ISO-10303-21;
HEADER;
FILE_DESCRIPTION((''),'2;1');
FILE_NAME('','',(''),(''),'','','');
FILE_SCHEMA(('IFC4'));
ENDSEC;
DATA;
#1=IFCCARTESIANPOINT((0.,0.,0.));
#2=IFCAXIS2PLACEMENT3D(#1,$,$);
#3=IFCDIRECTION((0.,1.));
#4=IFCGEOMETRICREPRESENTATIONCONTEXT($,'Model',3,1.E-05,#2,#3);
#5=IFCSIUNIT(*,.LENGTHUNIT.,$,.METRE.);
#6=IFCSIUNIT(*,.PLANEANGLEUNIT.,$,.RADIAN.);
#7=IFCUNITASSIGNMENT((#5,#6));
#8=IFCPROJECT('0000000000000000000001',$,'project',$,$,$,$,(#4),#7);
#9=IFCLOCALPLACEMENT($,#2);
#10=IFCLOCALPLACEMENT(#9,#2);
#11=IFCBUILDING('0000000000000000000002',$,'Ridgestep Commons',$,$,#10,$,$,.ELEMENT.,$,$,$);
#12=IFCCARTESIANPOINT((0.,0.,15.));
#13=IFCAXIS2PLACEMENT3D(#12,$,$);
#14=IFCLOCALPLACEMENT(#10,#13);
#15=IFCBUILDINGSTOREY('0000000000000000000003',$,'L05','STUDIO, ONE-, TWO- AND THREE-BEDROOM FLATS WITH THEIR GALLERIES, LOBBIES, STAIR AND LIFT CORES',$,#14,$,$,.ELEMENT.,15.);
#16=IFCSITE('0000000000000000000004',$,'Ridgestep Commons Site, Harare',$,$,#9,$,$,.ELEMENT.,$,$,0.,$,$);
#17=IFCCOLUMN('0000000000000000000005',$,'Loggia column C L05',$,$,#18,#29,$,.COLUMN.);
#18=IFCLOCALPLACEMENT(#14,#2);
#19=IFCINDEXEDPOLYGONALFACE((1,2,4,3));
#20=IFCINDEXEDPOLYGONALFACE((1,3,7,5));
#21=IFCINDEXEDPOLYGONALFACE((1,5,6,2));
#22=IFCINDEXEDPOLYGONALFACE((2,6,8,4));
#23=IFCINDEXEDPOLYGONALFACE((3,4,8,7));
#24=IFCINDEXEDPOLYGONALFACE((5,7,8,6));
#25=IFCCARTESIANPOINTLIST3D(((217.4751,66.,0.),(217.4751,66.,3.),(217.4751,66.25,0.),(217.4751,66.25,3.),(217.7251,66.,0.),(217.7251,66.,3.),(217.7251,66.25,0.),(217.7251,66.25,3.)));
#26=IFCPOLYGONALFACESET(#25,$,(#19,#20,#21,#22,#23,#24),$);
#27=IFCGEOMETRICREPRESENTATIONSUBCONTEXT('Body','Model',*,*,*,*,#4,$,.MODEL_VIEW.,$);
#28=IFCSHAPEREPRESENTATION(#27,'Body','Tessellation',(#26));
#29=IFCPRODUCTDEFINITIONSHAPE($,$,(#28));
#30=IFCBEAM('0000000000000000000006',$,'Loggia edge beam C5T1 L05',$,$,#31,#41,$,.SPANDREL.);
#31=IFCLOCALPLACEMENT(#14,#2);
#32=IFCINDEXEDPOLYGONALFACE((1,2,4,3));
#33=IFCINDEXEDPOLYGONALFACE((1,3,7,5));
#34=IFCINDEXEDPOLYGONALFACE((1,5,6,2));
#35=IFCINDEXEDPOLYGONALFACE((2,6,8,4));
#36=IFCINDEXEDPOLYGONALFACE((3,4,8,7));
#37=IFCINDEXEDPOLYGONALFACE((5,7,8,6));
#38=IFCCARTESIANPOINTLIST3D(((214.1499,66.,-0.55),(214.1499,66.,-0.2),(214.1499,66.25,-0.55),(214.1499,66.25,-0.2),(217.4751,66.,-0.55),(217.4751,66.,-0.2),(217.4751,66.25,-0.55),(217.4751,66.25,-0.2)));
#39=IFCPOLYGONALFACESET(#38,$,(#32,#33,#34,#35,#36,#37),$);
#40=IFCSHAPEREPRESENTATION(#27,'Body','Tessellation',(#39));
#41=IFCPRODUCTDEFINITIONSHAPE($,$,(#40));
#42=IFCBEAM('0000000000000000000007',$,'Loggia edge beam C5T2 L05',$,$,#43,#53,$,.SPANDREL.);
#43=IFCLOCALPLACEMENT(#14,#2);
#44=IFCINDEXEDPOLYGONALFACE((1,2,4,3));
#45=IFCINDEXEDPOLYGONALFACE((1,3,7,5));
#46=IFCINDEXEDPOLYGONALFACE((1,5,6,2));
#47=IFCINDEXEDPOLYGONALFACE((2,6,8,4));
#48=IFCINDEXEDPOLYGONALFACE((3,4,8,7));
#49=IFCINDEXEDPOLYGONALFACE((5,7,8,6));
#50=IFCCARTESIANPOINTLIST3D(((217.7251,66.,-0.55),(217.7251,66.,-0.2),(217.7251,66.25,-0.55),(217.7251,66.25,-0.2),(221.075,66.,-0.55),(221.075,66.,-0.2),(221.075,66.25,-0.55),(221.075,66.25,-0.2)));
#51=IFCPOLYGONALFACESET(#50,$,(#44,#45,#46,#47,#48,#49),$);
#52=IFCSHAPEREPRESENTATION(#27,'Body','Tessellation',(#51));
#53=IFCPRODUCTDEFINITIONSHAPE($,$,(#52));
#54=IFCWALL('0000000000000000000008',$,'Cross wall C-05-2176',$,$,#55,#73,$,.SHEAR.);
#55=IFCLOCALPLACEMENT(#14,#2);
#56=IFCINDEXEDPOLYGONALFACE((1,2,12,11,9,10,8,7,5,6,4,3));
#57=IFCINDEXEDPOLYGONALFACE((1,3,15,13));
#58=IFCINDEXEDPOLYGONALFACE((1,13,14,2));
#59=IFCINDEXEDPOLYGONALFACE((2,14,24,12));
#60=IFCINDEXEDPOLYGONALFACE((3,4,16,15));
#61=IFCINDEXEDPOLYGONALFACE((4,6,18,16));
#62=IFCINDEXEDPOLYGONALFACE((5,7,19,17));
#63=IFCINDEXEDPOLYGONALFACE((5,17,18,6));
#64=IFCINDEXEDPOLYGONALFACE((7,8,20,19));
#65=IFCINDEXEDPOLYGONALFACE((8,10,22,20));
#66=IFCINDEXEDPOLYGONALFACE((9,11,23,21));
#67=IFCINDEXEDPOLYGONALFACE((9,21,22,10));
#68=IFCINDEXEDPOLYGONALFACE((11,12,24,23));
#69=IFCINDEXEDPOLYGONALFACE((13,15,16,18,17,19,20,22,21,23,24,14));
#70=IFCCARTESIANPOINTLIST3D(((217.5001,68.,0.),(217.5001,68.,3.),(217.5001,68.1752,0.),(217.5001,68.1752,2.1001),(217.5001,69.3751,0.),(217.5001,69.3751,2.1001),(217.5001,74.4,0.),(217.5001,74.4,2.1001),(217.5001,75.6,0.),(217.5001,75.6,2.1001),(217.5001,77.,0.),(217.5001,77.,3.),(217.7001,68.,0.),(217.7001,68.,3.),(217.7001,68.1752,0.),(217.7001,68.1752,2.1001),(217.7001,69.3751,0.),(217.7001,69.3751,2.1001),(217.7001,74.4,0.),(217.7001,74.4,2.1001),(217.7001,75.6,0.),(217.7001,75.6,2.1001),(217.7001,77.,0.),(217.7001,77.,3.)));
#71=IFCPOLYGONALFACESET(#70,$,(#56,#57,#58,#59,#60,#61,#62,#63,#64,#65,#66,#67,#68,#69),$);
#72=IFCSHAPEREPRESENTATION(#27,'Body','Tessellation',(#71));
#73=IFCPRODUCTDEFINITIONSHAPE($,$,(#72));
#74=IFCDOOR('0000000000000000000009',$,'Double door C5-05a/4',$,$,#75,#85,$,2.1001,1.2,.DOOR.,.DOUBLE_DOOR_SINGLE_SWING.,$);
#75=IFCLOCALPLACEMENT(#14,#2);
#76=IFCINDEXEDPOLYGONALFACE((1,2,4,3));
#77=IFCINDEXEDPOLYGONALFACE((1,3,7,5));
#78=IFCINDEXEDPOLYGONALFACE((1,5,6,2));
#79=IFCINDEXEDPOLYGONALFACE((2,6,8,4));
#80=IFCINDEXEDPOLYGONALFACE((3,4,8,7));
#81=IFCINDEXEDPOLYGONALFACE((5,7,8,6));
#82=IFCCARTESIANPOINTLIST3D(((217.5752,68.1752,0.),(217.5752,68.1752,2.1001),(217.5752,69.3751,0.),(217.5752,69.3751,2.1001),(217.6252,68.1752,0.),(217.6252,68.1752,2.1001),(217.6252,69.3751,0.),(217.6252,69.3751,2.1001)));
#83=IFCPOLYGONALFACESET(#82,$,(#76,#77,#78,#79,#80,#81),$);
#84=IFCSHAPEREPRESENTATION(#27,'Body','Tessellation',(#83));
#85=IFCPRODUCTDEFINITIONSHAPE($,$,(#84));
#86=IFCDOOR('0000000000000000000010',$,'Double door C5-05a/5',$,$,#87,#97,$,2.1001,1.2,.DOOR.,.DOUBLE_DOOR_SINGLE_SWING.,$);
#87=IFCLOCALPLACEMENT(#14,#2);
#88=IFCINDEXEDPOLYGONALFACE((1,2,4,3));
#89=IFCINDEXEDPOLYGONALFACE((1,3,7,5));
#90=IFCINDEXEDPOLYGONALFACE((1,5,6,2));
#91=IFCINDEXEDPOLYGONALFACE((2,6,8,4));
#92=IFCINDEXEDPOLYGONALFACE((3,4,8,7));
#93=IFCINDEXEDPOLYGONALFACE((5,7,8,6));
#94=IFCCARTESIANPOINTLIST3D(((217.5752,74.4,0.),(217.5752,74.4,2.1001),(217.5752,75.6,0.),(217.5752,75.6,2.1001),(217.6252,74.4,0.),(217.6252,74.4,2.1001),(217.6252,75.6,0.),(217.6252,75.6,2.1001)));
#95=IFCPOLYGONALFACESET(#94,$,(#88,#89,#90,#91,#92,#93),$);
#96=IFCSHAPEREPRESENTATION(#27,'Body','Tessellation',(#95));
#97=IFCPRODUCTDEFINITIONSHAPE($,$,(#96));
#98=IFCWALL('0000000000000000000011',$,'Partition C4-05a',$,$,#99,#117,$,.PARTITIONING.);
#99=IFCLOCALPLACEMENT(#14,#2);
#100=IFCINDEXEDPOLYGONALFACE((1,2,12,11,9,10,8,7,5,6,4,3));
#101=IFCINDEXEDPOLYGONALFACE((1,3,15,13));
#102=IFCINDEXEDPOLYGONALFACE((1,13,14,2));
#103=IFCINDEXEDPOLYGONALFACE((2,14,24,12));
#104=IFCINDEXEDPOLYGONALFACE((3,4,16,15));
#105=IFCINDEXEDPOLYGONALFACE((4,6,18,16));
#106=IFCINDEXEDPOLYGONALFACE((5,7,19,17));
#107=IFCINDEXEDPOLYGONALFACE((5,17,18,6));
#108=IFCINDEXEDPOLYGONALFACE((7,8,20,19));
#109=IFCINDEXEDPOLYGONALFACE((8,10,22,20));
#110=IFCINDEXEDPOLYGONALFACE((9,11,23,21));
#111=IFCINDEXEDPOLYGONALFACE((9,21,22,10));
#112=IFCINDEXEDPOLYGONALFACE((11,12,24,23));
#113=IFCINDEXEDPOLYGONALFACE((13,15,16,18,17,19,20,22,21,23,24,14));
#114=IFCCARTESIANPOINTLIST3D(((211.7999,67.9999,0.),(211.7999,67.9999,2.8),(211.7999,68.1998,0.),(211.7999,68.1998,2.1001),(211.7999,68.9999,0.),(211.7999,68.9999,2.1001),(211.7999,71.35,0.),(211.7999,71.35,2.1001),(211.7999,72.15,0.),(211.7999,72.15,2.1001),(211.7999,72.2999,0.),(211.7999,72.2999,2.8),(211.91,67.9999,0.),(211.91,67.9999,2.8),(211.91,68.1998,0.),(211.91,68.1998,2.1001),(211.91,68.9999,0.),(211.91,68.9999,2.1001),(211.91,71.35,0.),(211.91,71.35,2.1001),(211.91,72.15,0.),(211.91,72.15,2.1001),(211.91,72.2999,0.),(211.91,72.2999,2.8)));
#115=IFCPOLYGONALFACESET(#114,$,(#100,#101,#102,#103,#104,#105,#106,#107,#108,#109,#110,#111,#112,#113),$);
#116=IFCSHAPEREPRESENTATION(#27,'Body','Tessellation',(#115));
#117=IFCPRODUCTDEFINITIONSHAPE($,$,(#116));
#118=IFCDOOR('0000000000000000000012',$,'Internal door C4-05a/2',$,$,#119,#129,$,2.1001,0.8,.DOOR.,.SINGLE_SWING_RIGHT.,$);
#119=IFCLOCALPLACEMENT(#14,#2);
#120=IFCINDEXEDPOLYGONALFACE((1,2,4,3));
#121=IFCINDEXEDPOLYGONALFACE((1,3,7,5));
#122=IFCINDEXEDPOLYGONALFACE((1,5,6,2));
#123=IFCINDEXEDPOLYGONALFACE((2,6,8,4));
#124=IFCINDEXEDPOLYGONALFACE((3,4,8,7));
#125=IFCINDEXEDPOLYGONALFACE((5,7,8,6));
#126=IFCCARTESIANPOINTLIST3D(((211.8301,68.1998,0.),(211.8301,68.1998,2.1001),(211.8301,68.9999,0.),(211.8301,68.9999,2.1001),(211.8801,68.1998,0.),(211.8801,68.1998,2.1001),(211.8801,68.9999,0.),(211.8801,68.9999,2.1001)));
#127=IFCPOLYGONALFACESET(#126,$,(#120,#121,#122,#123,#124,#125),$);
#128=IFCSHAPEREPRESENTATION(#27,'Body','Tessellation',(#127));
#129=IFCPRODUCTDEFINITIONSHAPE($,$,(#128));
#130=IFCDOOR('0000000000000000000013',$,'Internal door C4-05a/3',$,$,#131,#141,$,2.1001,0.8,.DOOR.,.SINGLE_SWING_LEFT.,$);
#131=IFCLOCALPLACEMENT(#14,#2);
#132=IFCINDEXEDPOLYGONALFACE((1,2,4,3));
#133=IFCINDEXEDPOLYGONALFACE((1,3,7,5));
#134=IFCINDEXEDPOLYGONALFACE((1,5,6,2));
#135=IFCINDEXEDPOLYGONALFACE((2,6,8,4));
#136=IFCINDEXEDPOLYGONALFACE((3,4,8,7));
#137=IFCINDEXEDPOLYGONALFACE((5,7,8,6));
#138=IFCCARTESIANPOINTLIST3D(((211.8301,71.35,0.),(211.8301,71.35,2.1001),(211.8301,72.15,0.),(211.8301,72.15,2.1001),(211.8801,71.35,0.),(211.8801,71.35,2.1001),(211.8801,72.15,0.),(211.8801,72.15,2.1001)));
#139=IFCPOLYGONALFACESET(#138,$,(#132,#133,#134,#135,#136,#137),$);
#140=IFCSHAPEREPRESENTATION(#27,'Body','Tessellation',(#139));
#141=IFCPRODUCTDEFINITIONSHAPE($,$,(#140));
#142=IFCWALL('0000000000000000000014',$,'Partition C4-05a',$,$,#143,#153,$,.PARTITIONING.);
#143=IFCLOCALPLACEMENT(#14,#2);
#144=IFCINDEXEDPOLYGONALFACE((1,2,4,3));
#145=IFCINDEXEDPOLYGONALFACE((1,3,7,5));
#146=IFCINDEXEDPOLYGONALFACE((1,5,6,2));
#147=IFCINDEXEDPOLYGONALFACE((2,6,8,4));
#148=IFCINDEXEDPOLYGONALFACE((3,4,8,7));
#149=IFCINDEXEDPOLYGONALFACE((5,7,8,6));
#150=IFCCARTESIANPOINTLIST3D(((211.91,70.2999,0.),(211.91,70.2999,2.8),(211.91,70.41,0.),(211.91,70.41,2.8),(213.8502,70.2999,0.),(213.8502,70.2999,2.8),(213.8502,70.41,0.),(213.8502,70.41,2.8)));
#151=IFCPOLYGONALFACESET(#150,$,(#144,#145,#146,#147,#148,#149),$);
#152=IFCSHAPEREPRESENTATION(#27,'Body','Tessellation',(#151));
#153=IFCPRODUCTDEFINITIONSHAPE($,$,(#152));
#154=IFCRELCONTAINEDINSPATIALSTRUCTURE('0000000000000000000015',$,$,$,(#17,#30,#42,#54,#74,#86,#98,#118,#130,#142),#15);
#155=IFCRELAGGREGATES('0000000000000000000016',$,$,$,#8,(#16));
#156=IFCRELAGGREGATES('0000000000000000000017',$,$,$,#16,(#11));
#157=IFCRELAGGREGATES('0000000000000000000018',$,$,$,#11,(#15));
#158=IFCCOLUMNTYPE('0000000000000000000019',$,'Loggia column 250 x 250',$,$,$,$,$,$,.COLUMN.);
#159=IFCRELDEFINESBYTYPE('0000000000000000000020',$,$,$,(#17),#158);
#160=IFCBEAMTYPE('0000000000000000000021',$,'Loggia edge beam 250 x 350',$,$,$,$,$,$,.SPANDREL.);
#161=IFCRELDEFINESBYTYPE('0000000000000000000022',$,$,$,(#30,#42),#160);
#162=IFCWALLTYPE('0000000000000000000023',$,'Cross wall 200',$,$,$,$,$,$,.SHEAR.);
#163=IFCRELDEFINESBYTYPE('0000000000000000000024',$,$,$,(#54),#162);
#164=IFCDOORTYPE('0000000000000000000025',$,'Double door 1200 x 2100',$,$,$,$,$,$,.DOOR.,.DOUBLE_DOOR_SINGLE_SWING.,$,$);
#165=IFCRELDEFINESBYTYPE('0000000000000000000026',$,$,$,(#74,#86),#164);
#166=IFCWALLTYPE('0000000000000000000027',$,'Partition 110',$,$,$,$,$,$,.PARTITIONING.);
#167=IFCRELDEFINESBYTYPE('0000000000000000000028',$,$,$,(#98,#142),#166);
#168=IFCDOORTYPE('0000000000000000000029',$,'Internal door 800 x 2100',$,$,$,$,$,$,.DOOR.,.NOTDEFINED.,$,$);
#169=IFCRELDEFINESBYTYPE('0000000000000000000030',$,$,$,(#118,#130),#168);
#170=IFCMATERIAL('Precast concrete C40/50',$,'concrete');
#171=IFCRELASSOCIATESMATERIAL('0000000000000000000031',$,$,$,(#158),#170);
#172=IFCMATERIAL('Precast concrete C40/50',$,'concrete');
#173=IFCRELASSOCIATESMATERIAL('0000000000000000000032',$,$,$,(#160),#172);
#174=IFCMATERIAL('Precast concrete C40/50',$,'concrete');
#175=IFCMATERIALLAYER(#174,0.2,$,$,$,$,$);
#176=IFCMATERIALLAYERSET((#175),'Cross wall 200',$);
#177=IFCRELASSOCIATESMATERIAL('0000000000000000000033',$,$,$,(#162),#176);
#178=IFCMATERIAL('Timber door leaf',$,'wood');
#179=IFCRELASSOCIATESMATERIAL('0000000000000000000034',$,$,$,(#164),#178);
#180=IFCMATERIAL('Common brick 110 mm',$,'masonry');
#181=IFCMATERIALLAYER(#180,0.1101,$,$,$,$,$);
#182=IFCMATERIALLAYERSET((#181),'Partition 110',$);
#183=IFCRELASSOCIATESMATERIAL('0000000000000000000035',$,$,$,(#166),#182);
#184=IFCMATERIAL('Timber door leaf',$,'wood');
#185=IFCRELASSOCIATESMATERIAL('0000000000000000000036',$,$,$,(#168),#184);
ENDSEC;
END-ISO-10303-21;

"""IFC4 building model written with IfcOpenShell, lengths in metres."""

from ifc_helpers import new_model, si_unit, direction, frame, frame_2d, origin, origin_2d, place, context, subcontext, project, spatial, rectangle, extrude, material, layer, layer_set, material_profile, profile_set, type_object, element, fill, save


model = new_model("IFC4")

# Units and contexts
model_context = context("Model", 3, precision=1e-05, world=origin(), true_north=direction((0.0, 1.0)))
body_context = subcontext(model_context, "Body", "Model", "MODEL_VIEW")
ifc_project = project(units=[si_unit("LENGTHUNIT", "METRE"), si_unit("PLANEANGLEUNIT", "RADIAN")], contexts=[model_context])

# Site, building, storey
site_placement = place(None, origin())
site = spatial("IfcSite", under=ifc_project, at=site_placement, Name="Ridgestep Commons Site, Harare", CompositionType="ELEMENT", RefElevation=0.0)
building_placement = place(site_placement, origin())
building = spatial("IfcBuilding", under=site, at=building_placement, Name="Ridgestep Commons", CompositionType="ELEMENT")
storey_placement = place(building_placement, frame((0.0, 0.0, 15.0)))
storey = spatial("IfcBuildingStorey", under=building, at=storey_placement, Name="L05", Description="STUDIO, ONE-, TWO- AND THREE-BEDROOM FLATS WITH THEIR GALLERIES, LOBBIES, STAIR AND LIFT CORES", CompositionType="ELEMENT", Elevation=15.0)

# Column
ifc_material_1 = material(Name="Precast concrete C40/50", Category="concrete")
ifc_material_profile_1 = material_profile(ifc_material_1, rectangle(XDim=0.25, YDim=0.25, at=origin_2d()), Name="PC 250x250")
ifc_profile_set_1 = profile_set([ifc_material_profile_1], Name="Precast concrete C40/50")
column_type = type_object("IfcColumnType", Name="Loggia column 250 x 250", PredefinedType="COLUMN", material=ifc_profile_set_1)
column_placement = place(storey_placement, frame((217.6001, 66.125, 0.0), z_axis=(0.0, 0.0, 1.0), x_axis=(1.0, 0.0, 0.0)))
element("IfcColumn", 1, at=column_placement, inside=storey, type_object=column_type, Name="Loggia column C L05", PredefinedType="COLUMN", context=body_context, shape_type="SweptSolid", body=[
    extrude(rectangle(XDim=0.25, YDim=0.25, at=origin_2d()), origin(), (0.0, 0.0, 1.0), 3.0),
])

# Beams
ifc_material_2 = material(Name="Precast concrete C40/50", Category="concrete")
ifc_material_profile_2 = material_profile(ifc_material_2, rectangle(XDim=0.25, YDim=0.3501, at=origin_2d()), Name="PC 250x350")
ifc_profile_set_2 = profile_set([ifc_material_profile_2], Name="Precast concrete C40/50")
beam_type = type_object("IfcBeamType", Name="Loggia edge beam 250 x 350", PredefinedType="SPANDREL", material=ifc_profile_set_2)
beam_1_placement = place(storey_placement, frame((214.1499, 66.125, -0.375), z_axis=(1.0, 0.0, 0.0), x_axis=(0.0, 1.0, 0.0)))
element("IfcBeam", 2, at=beam_1_placement, inside=storey, type_object=beam_type, Name="Loggia edge beam C5T1 L05", PredefinedType="SPANDREL", context=body_context, shape_type="SweptSolid", body=[
    extrude(rectangle(XDim=0.25, YDim=0.3501, at=origin_2d()), origin(), (0.0, 0.0, 1.0), 3.3252),
])
beam_2_placement = place(storey_placement, frame((217.7251, 66.125, -0.375), z_axis=(1.0, 0.0, 0.0), x_axis=(0.0, 1.0, 0.0)))
element("IfcBeam", 3, at=beam_2_placement, inside=storey, type_object=beam_type, Name="Loggia edge beam C5T2 L05", PredefinedType="SPANDREL", context=body_context, shape_type="SweptSolid", body=[
    extrude(rectangle(XDim=0.25, YDim=0.3501, at=origin_2d()), origin(), (0.0, 0.0, 1.0), 3.3499),
])

# Walls, openings, doors
ifc_material_3 = material(Name="Precast concrete C40/50", Category="concrete")
ifc_layer_1 = layer(ifc_material_3, 0.2)
ifc_layer_set_1 = layer_set([ifc_layer_1], Name="Cross wall 200")
wall_type_1 = type_object("IfcWallType", Name="Cross wall 200", PredefinedType="SHEAR", material=ifc_layer_set_1)
wall_1_placement = place(storey_placement, frame((217.6001, 68.0, 0.0), z_axis=(0.0, 0.0, 1.0), x_axis=(0.0, 1.0, 0.0)))
wall_1 = element("IfcWall", 4, at=wall_1_placement, inside=storey, type_object=wall_type_1, Name="Cross wall C-05-2176", PredefinedType="SHEAR", context=body_context, shape_type="SweptSolid", body=[
    extrude(rectangle(XDim=9.0, YDim=0.2, at=frame_2d((4.5, 0.0))), origin(), (0.0, 0.0, 1.0), 3.0),
])
opening_1_placement = place(wall_1_placement, frame((0.175, 0.0, 0.0)))
opening_1 = element("IfcOpeningElement", 5, at=opening_1_placement, cuts=wall_1, PredefinedType="OPENING", context=body_context, shape_type="SweptSolid", body=[
    extrude(rectangle(XDim=1.2, YDim=2.1001, at=frame_2d((0.6001, 1.05))), frame((0.0, 0.1099, 0.0), z_axis=(0.0, -1.0, 0.0), x_axis=(1.0, 0.0, 0.0)), (0.0, 0.0, 1.0), 0.22),
])
opening_2_placement = place(wall_1_placement, frame((6.3999, 0.0, 0.0)))
opening_2 = element("IfcOpeningElement", 6, at=opening_2_placement, cuts=wall_1, PredefinedType="OPENING", context=body_context, shape_type="SweptSolid", body=[
    extrude(rectangle(XDim=1.2, YDim=2.1001, at=frame_2d((0.6001, 1.05))), frame((0.0, 0.1099, 0.0), z_axis=(0.0, -1.0, 0.0), x_axis=(1.0, 0.0, 0.0)), (0.0, 0.0, 1.0), 0.22),
])
ifc_material_4 = material(Name="Timber door leaf", Category="wood")
door_type_1 = type_object("IfcDoorType", Name="Double door 1200 x 2100", OperationType="DOUBLE_DOOR_SINGLE_SWING", PredefinedType="DOOR", material=ifc_material_4)
door_1_placement = place(opening_1_placement, origin())
door_1 = element("IfcDoor", 7, at=door_1_placement, inside=storey, type_object=door_type_1, Name="Double door C5-05a/4", OperationType="DOUBLE_DOOR_SINGLE_SWING", OverallHeight=2.1001, OverallWidth=1.2, PredefinedType="DOOR", context=body_context, shape_type="SweptSolid", body=[
    extrude(rectangle(XDim=1.2, YDim=2.1001, at=frame_2d((0.6001, 1.05))), frame((0.0, 0.0249, 0.0), z_axis=(0.0, -1.0, 0.0), x_axis=(1.0, 0.0, 0.0)), (0.0, 0.0, 1.0), 0.05),
])
fill(opening_1, door_1)
door_2_placement = place(opening_2_placement, origin())
door_2 = element("IfcDoor", 8, at=door_2_placement, inside=storey, type_object=door_type_1, Name="Double door C5-05a/5", OperationType="DOUBLE_DOOR_SINGLE_SWING", OverallHeight=2.1001, OverallWidth=1.2, PredefinedType="DOOR", context=body_context, shape_type="SweptSolid", body=[
    extrude(rectangle(XDim=1.2, YDim=2.1001, at=frame_2d((0.6001, 1.05))), frame((0.0, 0.0249, 0.0), z_axis=(0.0, -1.0, 0.0), x_axis=(1.0, 0.0, 0.0)), (0.0, 0.0, 1.0), 0.05),
])
fill(opening_2, door_2)
ifc_material_5 = material(Name="Common brick 110 mm", Category="masonry")
ifc_layer_2 = layer(ifc_material_5, 0.1101)
ifc_layer_set_2 = layer_set([ifc_layer_2], Name="Partition 110")
wall_type_2 = type_object("IfcWallType", Name="Partition 110", PredefinedType="PARTITIONING", material=ifc_layer_set_2)
wall_2_placement = place(storey_placement, frame((211.855, 68.0, 0.0), z_axis=(0.0, 0.0, 1.0), x_axis=(0.0, 1.0, 0.0)))
wall_2 = element("IfcWall", 9, at=wall_2_placement, inside=storey, type_object=wall_type_2, Name="Partition C4-05a", PredefinedType="PARTITIONING", context=body_context, shape_type="SweptSolid", body=[
    extrude(rectangle(XDim=4.3, YDim=0.1101, at=frame_2d((2.1499, 0.0))), origin(), (0.0, 0.0, 1.0), 2.8),
])
opening_3_placement = place(wall_2_placement, frame((0.2, 0.0, 0.0)))
opening_3 = element("IfcOpeningElement", 10, at=opening_3_placement, cuts=wall_2, PredefinedType="OPENING", context=body_context, shape_type="SweptSolid", body=[
    extrude(rectangle(XDim=0.8, YDim=2.1001, at=frame_2d((0.3999, 1.05))), frame((0.0, 0.0649, 0.0), z_axis=(0.0, -1.0, 0.0), x_axis=(1.0, 0.0, 0.0)), (0.0, 0.0, 1.0), 0.1301),
])
opening_4_placement = place(wall_2_placement, frame((3.3501, 0.0, 0.0)))
opening_4 = element("IfcOpeningElement", 11, at=opening_4_placement, cuts=wall_2, PredefinedType="OPENING", context=body_context, shape_type="SweptSolid", body=[
    extrude(rectangle(XDim=0.8, YDim=2.1001, at=frame_2d((0.3999, 1.05))), frame((0.0, 0.0649, 0.0), z_axis=(0.0, -1.0, 0.0), x_axis=(1.0, 0.0, 0.0)), (0.0, 0.0, 1.0), 0.1301),
])
ifc_material_6 = material(Name="Timber door leaf", Category="wood")
door_type_2 = type_object("IfcDoorType", Name="Internal door 800 x 2100", OperationType="NOTDEFINED", PredefinedType="DOOR", material=ifc_material_6)
door_3_placement = place(opening_3_placement, origin())
door_3 = element("IfcDoor", 12, at=door_3_placement, inside=storey, type_object=door_type_2, Name="Internal door C4-05a/2", OperationType="SINGLE_SWING_RIGHT", OverallHeight=2.1001, OverallWidth=0.8, PredefinedType="DOOR", context=body_context, shape_type="SweptSolid", body=[
    extrude(rectangle(XDim=0.8, YDim=2.1001, at=frame_2d((0.3999, 1.05))), frame((0.0, 0.0249, 0.0), z_axis=(0.0, -1.0, 0.0), x_axis=(1.0, 0.0, 0.0)), (0.0, 0.0, 1.0), 0.05),
])
fill(opening_3, door_3)
door_4_placement = place(opening_4_placement, origin())
door_4 = element("IfcDoor", 13, at=door_4_placement, inside=storey, type_object=door_type_2, Name="Internal door C4-05a/3", OperationType="SINGLE_SWING_LEFT", OverallHeight=2.1001, OverallWidth=0.8, PredefinedType="DOOR", context=body_context, shape_type="SweptSolid", body=[
    extrude(rectangle(XDim=0.8, YDim=2.1001, at=frame_2d((0.3999, 1.05))), frame((0.0, 0.0249, 0.0), z_axis=(0.0, -1.0, 0.0), x_axis=(1.0, 0.0, 0.0)), (0.0, 0.0, 1.0), 0.05),
])
fill(opening_4, door_4)

# Wall
wall_3_placement = place(storey_placement, frame((211.9099, 70.355, 0.0), z_axis=(0.0, 0.0, 1.0), x_axis=(1.0, 0.0, 0.0)))
element("IfcWall", 14, at=wall_3_placement, inside=storey, type_object=wall_type_2, Name="Partition C4-05a", PredefinedType="PARTITIONING", context=body_context, shape_type="SweptSolid", body=[
    extrude(rectangle(XDim=1.9402, YDim=0.1101, at=frame_2d((0.9702, 0.0))), origin(), (0.0, 0.0, 1.0), 2.8),
])

save(model, "model.ifc")
